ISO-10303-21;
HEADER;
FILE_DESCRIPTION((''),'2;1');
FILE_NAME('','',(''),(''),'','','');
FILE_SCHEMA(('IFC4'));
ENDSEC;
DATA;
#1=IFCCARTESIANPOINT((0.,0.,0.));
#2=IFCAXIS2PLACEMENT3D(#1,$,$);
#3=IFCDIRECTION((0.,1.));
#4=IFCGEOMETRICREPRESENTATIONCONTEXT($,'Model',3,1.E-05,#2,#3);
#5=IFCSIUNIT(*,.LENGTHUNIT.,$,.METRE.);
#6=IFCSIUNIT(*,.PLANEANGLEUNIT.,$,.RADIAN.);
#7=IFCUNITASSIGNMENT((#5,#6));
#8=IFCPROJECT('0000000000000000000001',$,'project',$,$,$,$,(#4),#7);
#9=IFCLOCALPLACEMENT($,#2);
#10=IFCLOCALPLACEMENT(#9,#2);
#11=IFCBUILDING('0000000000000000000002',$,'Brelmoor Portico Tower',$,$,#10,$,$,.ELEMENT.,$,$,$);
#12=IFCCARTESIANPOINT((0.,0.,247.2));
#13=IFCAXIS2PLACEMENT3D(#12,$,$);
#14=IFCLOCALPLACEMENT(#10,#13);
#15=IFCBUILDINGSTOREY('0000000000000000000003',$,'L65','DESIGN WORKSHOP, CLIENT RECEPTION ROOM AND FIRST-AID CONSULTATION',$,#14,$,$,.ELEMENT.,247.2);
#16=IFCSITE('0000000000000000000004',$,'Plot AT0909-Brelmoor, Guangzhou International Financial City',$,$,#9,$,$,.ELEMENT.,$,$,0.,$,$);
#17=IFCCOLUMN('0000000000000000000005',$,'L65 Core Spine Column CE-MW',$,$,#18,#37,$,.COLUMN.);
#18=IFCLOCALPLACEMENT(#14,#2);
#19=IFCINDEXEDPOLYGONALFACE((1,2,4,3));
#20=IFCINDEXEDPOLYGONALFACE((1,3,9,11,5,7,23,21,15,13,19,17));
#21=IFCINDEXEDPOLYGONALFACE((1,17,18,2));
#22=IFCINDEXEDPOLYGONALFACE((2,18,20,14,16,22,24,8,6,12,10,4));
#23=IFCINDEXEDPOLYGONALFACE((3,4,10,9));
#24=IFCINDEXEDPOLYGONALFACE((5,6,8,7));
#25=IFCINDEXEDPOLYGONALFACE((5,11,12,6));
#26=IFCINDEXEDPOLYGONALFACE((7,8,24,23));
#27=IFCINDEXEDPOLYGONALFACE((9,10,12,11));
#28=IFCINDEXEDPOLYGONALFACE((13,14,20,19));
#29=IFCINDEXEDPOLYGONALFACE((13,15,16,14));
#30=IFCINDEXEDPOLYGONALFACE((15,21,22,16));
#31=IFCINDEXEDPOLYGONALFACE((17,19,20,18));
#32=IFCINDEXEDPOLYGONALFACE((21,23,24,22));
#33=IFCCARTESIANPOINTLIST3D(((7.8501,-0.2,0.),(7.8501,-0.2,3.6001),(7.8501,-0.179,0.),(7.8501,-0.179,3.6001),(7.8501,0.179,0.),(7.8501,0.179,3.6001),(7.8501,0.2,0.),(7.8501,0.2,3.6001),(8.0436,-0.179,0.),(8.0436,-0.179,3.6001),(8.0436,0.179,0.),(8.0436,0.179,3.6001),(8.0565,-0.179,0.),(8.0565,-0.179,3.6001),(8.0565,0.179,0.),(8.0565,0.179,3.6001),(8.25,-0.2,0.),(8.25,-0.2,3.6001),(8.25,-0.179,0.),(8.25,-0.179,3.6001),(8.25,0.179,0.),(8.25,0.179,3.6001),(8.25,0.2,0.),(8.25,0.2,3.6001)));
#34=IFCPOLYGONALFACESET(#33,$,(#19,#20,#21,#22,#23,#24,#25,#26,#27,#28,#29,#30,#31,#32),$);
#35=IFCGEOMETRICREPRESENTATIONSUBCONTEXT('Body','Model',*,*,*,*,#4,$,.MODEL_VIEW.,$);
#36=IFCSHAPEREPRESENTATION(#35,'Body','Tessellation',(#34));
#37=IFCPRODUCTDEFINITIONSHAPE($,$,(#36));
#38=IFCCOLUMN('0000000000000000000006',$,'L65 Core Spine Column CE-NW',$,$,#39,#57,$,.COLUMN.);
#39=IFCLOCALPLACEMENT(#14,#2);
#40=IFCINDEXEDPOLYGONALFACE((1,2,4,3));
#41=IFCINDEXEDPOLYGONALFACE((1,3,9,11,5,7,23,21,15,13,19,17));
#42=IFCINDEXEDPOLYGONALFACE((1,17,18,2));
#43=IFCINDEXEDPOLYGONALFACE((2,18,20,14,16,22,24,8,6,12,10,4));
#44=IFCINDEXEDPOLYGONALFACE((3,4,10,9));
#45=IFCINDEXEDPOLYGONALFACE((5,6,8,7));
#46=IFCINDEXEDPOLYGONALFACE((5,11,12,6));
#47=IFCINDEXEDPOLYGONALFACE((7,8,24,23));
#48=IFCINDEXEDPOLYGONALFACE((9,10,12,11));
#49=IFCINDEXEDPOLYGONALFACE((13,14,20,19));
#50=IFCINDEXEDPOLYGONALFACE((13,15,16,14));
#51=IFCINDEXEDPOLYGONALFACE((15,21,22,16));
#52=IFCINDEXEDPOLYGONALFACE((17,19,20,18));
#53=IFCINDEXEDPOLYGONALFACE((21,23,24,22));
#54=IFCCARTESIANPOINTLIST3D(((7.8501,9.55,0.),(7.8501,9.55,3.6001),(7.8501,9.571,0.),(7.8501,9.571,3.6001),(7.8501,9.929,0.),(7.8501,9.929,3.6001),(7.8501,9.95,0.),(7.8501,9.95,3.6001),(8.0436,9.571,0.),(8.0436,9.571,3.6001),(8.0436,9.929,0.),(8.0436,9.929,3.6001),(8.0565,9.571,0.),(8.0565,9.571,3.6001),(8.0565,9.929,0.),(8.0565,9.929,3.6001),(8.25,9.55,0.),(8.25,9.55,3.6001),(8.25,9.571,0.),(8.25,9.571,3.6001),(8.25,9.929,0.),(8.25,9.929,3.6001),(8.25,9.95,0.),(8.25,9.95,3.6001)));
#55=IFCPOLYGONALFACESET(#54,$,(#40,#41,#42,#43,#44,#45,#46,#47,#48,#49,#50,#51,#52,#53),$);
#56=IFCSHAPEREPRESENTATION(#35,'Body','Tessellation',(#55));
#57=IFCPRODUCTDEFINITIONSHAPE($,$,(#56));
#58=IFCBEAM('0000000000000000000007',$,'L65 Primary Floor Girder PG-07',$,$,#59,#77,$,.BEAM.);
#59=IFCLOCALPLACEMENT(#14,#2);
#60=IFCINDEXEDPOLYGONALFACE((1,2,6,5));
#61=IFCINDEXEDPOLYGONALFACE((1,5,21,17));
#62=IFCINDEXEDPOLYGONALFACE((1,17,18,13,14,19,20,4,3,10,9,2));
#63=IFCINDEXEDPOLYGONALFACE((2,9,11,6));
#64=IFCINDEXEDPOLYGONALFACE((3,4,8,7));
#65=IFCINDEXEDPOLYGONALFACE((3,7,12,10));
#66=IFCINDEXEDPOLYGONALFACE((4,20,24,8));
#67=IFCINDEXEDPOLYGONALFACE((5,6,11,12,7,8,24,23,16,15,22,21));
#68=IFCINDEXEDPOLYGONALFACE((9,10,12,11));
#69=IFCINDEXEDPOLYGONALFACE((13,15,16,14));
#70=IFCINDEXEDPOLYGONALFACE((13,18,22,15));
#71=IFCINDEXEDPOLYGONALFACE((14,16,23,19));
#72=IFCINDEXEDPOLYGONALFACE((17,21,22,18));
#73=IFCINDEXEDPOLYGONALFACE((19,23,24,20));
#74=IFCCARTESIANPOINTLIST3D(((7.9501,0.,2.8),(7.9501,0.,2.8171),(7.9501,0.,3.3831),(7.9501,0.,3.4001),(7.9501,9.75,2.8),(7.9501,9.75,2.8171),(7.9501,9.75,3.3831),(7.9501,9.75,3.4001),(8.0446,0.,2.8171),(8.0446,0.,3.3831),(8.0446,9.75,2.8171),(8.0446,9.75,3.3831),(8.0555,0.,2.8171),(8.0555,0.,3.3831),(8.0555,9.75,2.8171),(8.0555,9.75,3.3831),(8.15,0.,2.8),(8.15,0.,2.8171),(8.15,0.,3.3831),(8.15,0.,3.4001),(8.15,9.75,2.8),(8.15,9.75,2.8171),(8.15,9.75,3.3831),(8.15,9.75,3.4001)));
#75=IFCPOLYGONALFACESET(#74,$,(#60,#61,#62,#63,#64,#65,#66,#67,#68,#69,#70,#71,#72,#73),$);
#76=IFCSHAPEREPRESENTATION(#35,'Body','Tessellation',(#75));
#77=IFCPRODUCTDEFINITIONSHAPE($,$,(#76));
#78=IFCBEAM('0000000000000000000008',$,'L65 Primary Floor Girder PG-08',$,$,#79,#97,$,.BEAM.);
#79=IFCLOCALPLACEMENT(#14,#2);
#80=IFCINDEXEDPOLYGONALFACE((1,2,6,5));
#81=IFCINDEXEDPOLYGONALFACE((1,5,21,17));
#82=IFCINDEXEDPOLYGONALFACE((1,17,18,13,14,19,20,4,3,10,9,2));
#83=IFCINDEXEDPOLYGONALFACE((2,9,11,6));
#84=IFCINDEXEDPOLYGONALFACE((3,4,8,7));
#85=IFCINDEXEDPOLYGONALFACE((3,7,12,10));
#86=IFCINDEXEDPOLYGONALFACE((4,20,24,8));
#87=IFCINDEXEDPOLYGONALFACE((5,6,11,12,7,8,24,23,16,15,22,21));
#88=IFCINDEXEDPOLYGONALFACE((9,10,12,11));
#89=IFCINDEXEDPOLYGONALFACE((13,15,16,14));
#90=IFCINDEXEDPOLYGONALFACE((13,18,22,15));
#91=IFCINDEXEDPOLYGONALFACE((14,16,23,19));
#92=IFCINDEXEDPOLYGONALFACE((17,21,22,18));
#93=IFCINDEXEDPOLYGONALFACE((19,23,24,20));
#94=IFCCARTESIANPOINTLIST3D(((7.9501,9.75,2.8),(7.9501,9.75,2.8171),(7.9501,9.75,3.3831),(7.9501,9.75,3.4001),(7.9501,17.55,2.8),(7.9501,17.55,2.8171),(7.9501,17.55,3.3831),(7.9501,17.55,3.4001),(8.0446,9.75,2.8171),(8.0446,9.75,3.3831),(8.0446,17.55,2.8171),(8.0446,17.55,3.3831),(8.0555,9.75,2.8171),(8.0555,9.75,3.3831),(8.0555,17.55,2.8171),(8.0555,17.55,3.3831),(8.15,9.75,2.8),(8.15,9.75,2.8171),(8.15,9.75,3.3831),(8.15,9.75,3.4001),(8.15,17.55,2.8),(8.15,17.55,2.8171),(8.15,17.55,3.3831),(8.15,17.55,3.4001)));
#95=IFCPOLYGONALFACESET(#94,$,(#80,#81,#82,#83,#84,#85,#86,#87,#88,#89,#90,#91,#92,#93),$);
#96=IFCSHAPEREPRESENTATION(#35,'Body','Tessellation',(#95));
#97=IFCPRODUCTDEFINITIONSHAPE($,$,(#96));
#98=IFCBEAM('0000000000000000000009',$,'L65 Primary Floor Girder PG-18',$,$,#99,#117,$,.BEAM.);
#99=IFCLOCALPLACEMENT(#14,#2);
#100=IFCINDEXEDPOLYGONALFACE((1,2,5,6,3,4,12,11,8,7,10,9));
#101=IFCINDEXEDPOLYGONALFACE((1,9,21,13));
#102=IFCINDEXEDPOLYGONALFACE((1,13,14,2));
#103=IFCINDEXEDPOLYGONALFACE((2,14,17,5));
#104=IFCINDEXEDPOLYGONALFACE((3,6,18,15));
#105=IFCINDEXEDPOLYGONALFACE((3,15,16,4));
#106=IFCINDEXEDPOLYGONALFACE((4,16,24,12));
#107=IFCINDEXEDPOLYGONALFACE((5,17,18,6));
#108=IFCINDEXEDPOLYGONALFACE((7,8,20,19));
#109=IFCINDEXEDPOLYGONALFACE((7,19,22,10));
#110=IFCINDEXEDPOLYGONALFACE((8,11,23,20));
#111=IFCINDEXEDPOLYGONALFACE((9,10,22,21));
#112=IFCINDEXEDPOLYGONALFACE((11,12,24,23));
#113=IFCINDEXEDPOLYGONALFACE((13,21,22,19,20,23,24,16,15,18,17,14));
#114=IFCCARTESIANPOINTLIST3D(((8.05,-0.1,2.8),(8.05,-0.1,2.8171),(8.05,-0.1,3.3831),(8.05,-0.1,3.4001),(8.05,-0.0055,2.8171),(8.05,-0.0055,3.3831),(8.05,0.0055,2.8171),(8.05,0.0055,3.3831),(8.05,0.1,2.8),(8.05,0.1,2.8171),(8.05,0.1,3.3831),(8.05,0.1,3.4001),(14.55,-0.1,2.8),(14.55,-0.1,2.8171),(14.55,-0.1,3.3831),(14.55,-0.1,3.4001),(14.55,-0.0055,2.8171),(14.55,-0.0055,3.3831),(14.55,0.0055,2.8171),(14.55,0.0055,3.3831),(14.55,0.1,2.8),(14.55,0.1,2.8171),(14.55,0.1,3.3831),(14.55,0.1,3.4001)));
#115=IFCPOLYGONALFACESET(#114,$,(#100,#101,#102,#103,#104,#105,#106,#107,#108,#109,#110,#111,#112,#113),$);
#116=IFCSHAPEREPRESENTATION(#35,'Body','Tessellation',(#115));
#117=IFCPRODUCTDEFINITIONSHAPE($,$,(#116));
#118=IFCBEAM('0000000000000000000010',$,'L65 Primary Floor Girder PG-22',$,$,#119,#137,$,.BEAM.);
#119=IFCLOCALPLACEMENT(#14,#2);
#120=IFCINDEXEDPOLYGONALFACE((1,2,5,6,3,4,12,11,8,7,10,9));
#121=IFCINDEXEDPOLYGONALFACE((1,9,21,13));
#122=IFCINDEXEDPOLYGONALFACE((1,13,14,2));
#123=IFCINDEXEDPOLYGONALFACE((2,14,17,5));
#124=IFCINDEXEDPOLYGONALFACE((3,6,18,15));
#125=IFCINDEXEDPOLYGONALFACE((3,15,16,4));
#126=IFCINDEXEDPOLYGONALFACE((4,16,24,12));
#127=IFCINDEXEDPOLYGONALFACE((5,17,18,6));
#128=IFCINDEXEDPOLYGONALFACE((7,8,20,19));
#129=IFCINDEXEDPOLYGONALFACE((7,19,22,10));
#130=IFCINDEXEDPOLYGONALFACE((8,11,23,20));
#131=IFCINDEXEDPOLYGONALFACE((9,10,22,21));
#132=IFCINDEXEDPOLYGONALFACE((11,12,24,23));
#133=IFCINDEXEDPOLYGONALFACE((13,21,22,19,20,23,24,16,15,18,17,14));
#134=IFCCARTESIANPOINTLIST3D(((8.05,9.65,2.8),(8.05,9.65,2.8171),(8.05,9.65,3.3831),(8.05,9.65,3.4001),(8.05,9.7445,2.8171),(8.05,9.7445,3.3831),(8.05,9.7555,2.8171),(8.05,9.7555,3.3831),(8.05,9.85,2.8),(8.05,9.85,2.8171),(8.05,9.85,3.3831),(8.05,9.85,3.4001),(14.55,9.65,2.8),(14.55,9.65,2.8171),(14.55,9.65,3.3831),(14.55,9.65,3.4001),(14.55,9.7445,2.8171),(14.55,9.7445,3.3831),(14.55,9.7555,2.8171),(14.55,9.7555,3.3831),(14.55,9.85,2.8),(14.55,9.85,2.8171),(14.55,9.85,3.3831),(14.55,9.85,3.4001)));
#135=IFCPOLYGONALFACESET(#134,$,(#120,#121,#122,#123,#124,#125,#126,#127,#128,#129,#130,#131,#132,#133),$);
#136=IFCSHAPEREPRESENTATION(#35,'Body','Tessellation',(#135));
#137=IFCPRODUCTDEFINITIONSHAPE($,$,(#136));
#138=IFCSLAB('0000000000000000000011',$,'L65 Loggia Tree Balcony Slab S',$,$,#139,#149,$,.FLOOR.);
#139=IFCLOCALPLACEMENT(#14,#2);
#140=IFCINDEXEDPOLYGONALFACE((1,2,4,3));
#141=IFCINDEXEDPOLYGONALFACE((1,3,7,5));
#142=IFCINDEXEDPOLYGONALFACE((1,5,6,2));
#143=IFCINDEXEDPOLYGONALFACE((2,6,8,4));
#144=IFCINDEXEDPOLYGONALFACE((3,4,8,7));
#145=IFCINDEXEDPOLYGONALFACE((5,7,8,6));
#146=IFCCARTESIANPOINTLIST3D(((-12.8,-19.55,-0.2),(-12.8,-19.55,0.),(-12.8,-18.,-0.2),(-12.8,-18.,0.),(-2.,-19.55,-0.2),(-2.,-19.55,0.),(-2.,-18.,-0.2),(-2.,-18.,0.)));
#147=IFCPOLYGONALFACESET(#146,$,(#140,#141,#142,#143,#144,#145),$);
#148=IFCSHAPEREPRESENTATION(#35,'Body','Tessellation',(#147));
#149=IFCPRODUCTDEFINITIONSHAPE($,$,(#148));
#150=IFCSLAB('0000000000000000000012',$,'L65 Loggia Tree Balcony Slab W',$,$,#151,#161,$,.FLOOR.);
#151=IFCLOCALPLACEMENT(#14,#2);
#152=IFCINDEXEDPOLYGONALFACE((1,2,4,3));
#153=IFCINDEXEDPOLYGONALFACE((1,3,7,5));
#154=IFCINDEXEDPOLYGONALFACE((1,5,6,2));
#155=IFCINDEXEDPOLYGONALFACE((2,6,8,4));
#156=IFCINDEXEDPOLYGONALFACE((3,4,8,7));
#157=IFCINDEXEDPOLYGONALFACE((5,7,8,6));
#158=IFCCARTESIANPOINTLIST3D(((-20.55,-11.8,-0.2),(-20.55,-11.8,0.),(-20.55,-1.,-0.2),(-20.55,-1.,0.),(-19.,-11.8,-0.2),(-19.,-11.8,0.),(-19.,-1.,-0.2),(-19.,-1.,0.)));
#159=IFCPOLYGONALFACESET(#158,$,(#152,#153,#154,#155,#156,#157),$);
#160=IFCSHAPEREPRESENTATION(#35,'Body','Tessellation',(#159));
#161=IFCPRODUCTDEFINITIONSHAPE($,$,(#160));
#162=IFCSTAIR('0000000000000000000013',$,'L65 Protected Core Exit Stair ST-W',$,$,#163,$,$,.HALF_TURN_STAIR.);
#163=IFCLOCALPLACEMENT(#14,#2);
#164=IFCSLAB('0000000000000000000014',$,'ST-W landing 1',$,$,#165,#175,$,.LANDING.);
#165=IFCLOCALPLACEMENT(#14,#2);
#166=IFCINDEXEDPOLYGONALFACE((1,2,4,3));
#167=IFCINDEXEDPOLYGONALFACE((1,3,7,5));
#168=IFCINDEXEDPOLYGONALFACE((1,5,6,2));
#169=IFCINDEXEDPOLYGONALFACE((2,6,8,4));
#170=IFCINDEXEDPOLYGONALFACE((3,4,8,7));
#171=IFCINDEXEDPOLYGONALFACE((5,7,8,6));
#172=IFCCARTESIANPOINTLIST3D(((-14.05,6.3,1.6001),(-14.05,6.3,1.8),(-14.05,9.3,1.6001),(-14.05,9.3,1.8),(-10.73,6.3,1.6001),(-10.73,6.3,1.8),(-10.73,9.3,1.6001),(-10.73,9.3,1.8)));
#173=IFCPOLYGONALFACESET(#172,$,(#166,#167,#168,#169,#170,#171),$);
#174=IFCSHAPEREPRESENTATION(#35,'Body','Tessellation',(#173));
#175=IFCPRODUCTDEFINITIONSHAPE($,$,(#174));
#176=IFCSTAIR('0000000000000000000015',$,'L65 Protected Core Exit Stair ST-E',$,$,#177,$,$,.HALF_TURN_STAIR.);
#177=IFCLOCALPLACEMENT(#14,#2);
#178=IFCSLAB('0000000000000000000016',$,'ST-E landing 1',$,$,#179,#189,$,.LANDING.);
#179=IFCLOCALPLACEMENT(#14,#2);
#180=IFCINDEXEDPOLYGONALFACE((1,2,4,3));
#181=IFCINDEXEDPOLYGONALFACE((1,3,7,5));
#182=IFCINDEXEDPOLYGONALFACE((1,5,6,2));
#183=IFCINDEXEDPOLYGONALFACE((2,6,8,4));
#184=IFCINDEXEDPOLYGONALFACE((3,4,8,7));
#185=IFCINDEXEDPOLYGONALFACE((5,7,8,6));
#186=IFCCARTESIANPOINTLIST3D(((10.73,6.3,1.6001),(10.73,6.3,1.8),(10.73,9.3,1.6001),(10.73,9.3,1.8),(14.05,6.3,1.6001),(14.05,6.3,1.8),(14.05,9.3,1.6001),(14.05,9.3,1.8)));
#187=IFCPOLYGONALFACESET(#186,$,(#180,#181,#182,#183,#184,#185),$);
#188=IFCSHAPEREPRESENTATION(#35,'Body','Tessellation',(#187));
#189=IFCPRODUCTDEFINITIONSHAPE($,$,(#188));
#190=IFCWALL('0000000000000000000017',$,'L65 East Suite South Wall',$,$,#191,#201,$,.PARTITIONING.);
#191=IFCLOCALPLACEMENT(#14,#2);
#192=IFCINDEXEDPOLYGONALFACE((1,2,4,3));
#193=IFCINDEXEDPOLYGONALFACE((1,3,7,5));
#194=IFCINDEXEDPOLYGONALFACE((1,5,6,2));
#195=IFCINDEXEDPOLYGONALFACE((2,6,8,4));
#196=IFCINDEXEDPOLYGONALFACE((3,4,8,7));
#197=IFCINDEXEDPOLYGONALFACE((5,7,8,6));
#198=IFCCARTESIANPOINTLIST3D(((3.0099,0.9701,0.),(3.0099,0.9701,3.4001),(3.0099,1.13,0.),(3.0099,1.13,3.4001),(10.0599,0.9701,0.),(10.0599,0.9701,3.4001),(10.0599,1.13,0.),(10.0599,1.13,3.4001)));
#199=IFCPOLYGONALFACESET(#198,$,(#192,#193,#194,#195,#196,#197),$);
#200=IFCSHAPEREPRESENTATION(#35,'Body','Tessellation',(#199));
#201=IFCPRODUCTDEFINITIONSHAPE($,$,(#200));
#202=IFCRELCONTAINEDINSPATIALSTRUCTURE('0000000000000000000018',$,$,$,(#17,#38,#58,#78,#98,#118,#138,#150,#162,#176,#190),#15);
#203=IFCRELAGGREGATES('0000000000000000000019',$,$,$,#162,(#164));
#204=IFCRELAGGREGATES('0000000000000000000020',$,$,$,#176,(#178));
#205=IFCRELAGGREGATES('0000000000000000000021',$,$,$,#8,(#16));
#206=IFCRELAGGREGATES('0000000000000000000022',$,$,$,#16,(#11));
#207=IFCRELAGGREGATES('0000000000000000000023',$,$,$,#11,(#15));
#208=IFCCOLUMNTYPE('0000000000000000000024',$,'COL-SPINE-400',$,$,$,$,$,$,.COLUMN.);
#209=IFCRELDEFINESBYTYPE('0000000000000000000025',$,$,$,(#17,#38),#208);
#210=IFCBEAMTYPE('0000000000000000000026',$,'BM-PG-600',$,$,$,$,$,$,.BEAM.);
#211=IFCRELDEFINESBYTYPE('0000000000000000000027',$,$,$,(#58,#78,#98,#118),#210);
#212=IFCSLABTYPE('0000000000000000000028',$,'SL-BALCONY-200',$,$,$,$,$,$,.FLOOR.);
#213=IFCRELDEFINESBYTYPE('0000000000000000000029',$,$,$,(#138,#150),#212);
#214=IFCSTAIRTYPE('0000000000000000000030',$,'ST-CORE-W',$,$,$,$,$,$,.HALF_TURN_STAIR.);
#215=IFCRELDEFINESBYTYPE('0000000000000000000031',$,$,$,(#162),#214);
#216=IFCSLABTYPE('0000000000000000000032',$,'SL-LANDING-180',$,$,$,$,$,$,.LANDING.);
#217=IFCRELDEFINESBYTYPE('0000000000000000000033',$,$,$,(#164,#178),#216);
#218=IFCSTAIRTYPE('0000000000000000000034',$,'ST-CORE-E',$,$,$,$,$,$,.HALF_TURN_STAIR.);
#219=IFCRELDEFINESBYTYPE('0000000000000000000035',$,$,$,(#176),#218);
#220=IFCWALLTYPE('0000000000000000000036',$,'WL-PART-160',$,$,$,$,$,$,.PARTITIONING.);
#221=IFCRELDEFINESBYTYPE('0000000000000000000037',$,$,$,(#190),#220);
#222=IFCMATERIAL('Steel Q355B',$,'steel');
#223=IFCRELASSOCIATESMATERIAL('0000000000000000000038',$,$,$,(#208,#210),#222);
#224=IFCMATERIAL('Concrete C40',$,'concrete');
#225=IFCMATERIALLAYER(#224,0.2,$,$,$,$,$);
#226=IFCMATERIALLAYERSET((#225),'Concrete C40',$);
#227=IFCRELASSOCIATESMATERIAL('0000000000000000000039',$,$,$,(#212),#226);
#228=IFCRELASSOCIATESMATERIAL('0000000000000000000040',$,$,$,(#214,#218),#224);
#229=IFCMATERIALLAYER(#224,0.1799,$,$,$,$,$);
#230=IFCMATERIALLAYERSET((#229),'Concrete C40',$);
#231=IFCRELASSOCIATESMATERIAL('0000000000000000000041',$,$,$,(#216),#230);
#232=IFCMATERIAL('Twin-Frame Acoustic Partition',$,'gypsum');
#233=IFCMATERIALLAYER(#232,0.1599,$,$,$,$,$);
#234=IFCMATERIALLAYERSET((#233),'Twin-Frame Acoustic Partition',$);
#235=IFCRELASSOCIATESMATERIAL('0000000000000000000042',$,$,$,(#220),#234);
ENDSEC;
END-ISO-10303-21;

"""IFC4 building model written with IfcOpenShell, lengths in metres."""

from ifc_helpers import new_model, si_unit, direction, frame, frame_2d, origin, origin_2d, place, context, subcontext, project, spatial, polyline, rectangle, i_section, outline, extrude, material, layer, layer_set, material_profile, profile_set, type_object, element, aggregate, save


model = new_model("IFC4")

# Units and contexts
model_context = context("Model", 3, precision=1e-05, world=origin(), true_north=direction((0.0, 1.0)))
body_context = subcontext(model_context, "Body", "Model", "MODEL_VIEW")
ifc_project = project(units=[si_unit("LENGTHUNIT", "METRE"), si_unit("PLANEANGLEUNIT", "RADIAN")], contexts=[model_context])

# Site, building, storey
site_placement = place(None, origin())
site = spatial("IfcSite", under=ifc_project, at=site_placement, Name="Plot AT0909-Brelmoor, Guangzhou International Financial City", CompositionType="ELEMENT", RefElevation=0.0)
building_placement = place(site_placement, origin())
building = spatial("IfcBuilding", under=site, at=building_placement, Name="Brelmoor Portico Tower", CompositionType="ELEMENT")
storey_placement = place(building_placement, frame((0.0, 0.0, 247.2)))
storey = spatial("IfcBuildingStorey", under=building, at=storey_placement, Name="L65", Description="DESIGN WORKSHOP, CLIENT RECEPTION ROOM AND FIRST-AID CONSULTATION", CompositionType="ELEMENT", Elevation=247.2)

# Columns
ifc_material_1 = material(Name="Steel Q355B", Category="steel")
ifc_material_profile_1 = material_profile(ifc_material_1, i_section(OverallWidth=0.3999, OverallDepth=0.3999, WebThickness=0.0129, FlangeThickness=0.021, at=origin_2d()), Name="HW 400x400x13x21")
ifc_profile_set_1 = profile_set([ifc_material_profile_1], Name="Steel Q355B")
column_type = type_object("IfcColumnType", Name="COL-SPINE-400", PredefinedType="COLUMN", material=ifc_profile_set_1)
for number, where, z_axis, x_axis, name in (
    (1, (8.05, 0.0, 0.0), (0.0, 0.0, 1.0), (1.0, 0.0, 0.0), "L65 Core Spine Column CE-MW"),
    (2, (8.05, 9.75, 0.0), (0.0, 0.0, 1.0), (1.0, 0.0, 0.0), "L65 Core Spine Column CE-NW"),
):
    element("IfcColumn", number, at=place(storey_placement, frame(where, z_axis=z_axis, x_axis=x_axis)), inside=storey, type_object=column_type, Name=name, PredefinedType="COLUMN", context=body_context, shape_type="SweptSolid", body=[
        extrude(i_section(OverallWidth=0.3999, OverallDepth=0.3999, WebThickness=0.0129, FlangeThickness=0.021, at=origin_2d()), origin(), (0.0, 0.0, 1.0), 3.6001),
    ])

# Beams
ifc_material_profile_2 = material_profile(ifc_material_1, i_section(OverallWidth=0.2, OverallDepth=0.6001, WebThickness=0.011, FlangeThickness=0.0171, at=origin_2d()), Name="HN 600x200x11x17")
ifc_profile_set_2 = profile_set([ifc_material_profile_2], Name="Steel Q355B")
beam_type = type_object("IfcBeamType", Name="BM-PG-600", PredefinedType="BEAM", material=ifc_profile_set_2)
beam_1_placement = place(storey_placement, frame((8.05, 0.0, 3.1001), z_axis=(0.0, 1.0, 0.0), x_axis=(-1.0, 0.0, 0.0)))
element("IfcBeam", 3, at=beam_1_placement, inside=storey, type_object=beam_type, Name="L65 Primary Floor Girder PG-07", PredefinedType="BEAM", context=body_context, shape_type="SweptSolid", body=[
    extrude(i_section(OverallWidth=0.2, OverallDepth=0.6001, WebThickness=0.011, FlangeThickness=0.0171, at=origin_2d()), origin(), (0.0, 0.0, 1.0), 9.75),
])
beam_2_placement = place(storey_placement, frame((8.05, 9.75, 3.1001), z_axis=(0.0, 1.0, 0.0), x_axis=(-1.0, 0.0, 0.0)))
element("IfcBeam", 4, at=beam_2_placement, inside=storey, type_object=beam_type, Name="L65 Primary Floor Girder PG-08", PredefinedType="BEAM", context=body_context, shape_type="SweptSolid", body=[
    extrude(i_section(OverallWidth=0.2, OverallDepth=0.6001, WebThickness=0.011, FlangeThickness=0.0171, at=origin_2d()), origin(), (0.0, 0.0, 1.0), 7.8),
])
for number, where, z_axis, x_axis, name in (
    (5, (8.05, 0.0, 3.1001), (1.0, 0.0, 0.0), (0.0, 1.0, 0.0), "L65 Primary Floor Girder PG-18"),
    (6, (8.05, 9.75, 3.1001), (1.0, 0.0, 0.0), (0.0, 1.0, 0.0), "L65 Primary Floor Girder PG-22"),
):
    element("IfcBeam", number, at=place(storey_placement, frame(where, z_axis=z_axis, x_axis=x_axis)), inside=storey, type_object=beam_type, Name=name, PredefinedType="BEAM", context=body_context, shape_type="SweptSolid", body=[
        extrude(i_section(OverallWidth=0.2, OverallDepth=0.6001, WebThickness=0.011, FlangeThickness=0.0171, at=origin_2d()), origin(), (0.0, 0.0, 1.0), 6.5),
    ])

# Slabs
ifc_material_2 = material(Name="Concrete C40", Category="concrete")
ifc_layer_1 = layer(ifc_material_2, 0.2)
ifc_layer_set_1 = layer_set([ifc_layer_1], Name="Concrete C40")
slab_type_1 = type_object("IfcSlabType", Name="SL-BALCONY-200", PredefinedType="FLOOR", material=ifc_layer_set_1)
slab_1_placement = place(storey_placement, frame((0.0, 0.0, -0.2)))
element("IfcSlab", 7, at=slab_1_placement, inside=storey, type_object=slab_type_1, Name="L65 Loggia Tree Balcony Slab S", PredefinedType="FLOOR", context=body_context, shape_type="SweptSolid", body=[
    extrude(outline(polyline([(-12.8, -19.55), (-2.0, -19.55), (-2.0, -18.0), (-12.8, -18.0), (-12.8, -19.55)])), origin(), (0.0, 0.0, 1.0), 0.2),
])
slab_2_placement = place(storey_placement, frame((0.0, 0.0, -0.2)))
element("IfcSlab", 8, at=slab_2_placement, inside=storey, type_object=slab_type_1, Name="L65 Loggia Tree Balcony Slab W", PredefinedType="FLOOR", context=body_context, shape_type="SweptSolid", body=[
    extrude(outline(polyline([(-20.55, -11.8), (-19.0, -11.8), (-19.0, -1.0), (-20.55, -1.0), (-20.55, -11.8)])), origin(), (0.0, 0.0, 1.0), 0.2),
])

# Stairs, slabs
stair_type_1 = type_object("IfcStairType", Name="ST-CORE-W", PredefinedType="HALF_TURN_STAIR", material=ifc_material_2)
stair_1_placement = place(storey_placement, origin())
stair_1 = element("IfcStair", 9, at=stair_1_placement, inside=storey, type_object=stair_type_1, Name="L65 Protected Core Exit Stair ST-W", PredefinedType="HALF_TURN_STAIR")
ifc_layer_2 = layer(ifc_material_2, 0.1799)
ifc_layer_set_2 = layer_set([ifc_layer_2], Name="Concrete C40")
slab_type_2 = type_object("IfcSlabType", Name="SL-LANDING-180", PredefinedType="LANDING", material=ifc_layer_set_2)
slab_3_placement = place(storey_placement, frame((0.0, 0.0, 1.6001)))
slab_3 = element("IfcSlab", 10, at=slab_3_placement, type_object=slab_type_2, Name="ST-W landing 1", PredefinedType="LANDING", context=body_context, shape_type="SweptSolid", body=[
    extrude(outline(polyline([(-10.73, 6.3), (-10.73, 9.3), (-14.05, 9.3), (-14.05, 6.3), (-10.73, 6.3)])), origin(), (0.0, 0.0, 1.0), 0.2),
])
aggregate(stair_1, [slab_3])
stair_type_2 = type_object("IfcStairType", Name="ST-CORE-E", PredefinedType="HALF_TURN_STAIR", material=ifc_material_2)
stair_2_placement = place(storey_placement, origin())
stair_2 = element("IfcStair", 11, at=stair_2_placement, inside=storey, type_object=stair_type_2, Name="L65 Protected Core Exit Stair ST-E", PredefinedType="HALF_TURN_STAIR")
slab_4_placement = place(storey_placement, frame((0.0, 0.0, 1.6001)))
slab_4 = element("IfcSlab", 12, at=slab_4_placement, type_object=slab_type_2, Name="ST-E landing 1", PredefinedType="LANDING", context=body_context, shape_type="SweptSolid", body=[
    extrude(outline(polyline([(14.05, 6.3), (14.05, 9.3), (10.73, 9.3), (10.73, 6.3), (14.05, 6.3)])), origin(), (0.0, 0.0, 1.0), 0.2),
])

# Wall
ifc_material_3 = material(Name="Twin-Frame Acoustic Partition", Category="gypsum")
ifc_layer_3 = layer(ifc_material_3, 0.1599)
ifc_layer_set_3 = layer_set([ifc_layer_3], Name="Twin-Frame Acoustic Partition")
wall_type_1 = type_object("IfcWallType", Name="WL-PART-160", PredefinedType="PARTITIONING", material=ifc_layer_set_3)
wall_1_placement = place(storey_placement, frame((3.01, 1.05, 0.0), z_axis=(0.0, 0.0, 1.0), x_axis=(1.0, 0.0, 0.0)))
element("IfcWall", 13, at=wall_1_placement, inside=storey, type_object=wall_type_1, Name="L65 East Suite South Wall", PredefinedType="PARTITIONING", context=body_context, shape_type="SweptSolid", body=[
    extrude(rectangle(XDim=7.05, YDim=0.1599, at=frame_2d((3.5249, 0.0))), origin(), (0.0, 0.0, 1.0), 3.4001),
])

aggregate(stair_2, [slab_4])

save(model, "model.ifc")
